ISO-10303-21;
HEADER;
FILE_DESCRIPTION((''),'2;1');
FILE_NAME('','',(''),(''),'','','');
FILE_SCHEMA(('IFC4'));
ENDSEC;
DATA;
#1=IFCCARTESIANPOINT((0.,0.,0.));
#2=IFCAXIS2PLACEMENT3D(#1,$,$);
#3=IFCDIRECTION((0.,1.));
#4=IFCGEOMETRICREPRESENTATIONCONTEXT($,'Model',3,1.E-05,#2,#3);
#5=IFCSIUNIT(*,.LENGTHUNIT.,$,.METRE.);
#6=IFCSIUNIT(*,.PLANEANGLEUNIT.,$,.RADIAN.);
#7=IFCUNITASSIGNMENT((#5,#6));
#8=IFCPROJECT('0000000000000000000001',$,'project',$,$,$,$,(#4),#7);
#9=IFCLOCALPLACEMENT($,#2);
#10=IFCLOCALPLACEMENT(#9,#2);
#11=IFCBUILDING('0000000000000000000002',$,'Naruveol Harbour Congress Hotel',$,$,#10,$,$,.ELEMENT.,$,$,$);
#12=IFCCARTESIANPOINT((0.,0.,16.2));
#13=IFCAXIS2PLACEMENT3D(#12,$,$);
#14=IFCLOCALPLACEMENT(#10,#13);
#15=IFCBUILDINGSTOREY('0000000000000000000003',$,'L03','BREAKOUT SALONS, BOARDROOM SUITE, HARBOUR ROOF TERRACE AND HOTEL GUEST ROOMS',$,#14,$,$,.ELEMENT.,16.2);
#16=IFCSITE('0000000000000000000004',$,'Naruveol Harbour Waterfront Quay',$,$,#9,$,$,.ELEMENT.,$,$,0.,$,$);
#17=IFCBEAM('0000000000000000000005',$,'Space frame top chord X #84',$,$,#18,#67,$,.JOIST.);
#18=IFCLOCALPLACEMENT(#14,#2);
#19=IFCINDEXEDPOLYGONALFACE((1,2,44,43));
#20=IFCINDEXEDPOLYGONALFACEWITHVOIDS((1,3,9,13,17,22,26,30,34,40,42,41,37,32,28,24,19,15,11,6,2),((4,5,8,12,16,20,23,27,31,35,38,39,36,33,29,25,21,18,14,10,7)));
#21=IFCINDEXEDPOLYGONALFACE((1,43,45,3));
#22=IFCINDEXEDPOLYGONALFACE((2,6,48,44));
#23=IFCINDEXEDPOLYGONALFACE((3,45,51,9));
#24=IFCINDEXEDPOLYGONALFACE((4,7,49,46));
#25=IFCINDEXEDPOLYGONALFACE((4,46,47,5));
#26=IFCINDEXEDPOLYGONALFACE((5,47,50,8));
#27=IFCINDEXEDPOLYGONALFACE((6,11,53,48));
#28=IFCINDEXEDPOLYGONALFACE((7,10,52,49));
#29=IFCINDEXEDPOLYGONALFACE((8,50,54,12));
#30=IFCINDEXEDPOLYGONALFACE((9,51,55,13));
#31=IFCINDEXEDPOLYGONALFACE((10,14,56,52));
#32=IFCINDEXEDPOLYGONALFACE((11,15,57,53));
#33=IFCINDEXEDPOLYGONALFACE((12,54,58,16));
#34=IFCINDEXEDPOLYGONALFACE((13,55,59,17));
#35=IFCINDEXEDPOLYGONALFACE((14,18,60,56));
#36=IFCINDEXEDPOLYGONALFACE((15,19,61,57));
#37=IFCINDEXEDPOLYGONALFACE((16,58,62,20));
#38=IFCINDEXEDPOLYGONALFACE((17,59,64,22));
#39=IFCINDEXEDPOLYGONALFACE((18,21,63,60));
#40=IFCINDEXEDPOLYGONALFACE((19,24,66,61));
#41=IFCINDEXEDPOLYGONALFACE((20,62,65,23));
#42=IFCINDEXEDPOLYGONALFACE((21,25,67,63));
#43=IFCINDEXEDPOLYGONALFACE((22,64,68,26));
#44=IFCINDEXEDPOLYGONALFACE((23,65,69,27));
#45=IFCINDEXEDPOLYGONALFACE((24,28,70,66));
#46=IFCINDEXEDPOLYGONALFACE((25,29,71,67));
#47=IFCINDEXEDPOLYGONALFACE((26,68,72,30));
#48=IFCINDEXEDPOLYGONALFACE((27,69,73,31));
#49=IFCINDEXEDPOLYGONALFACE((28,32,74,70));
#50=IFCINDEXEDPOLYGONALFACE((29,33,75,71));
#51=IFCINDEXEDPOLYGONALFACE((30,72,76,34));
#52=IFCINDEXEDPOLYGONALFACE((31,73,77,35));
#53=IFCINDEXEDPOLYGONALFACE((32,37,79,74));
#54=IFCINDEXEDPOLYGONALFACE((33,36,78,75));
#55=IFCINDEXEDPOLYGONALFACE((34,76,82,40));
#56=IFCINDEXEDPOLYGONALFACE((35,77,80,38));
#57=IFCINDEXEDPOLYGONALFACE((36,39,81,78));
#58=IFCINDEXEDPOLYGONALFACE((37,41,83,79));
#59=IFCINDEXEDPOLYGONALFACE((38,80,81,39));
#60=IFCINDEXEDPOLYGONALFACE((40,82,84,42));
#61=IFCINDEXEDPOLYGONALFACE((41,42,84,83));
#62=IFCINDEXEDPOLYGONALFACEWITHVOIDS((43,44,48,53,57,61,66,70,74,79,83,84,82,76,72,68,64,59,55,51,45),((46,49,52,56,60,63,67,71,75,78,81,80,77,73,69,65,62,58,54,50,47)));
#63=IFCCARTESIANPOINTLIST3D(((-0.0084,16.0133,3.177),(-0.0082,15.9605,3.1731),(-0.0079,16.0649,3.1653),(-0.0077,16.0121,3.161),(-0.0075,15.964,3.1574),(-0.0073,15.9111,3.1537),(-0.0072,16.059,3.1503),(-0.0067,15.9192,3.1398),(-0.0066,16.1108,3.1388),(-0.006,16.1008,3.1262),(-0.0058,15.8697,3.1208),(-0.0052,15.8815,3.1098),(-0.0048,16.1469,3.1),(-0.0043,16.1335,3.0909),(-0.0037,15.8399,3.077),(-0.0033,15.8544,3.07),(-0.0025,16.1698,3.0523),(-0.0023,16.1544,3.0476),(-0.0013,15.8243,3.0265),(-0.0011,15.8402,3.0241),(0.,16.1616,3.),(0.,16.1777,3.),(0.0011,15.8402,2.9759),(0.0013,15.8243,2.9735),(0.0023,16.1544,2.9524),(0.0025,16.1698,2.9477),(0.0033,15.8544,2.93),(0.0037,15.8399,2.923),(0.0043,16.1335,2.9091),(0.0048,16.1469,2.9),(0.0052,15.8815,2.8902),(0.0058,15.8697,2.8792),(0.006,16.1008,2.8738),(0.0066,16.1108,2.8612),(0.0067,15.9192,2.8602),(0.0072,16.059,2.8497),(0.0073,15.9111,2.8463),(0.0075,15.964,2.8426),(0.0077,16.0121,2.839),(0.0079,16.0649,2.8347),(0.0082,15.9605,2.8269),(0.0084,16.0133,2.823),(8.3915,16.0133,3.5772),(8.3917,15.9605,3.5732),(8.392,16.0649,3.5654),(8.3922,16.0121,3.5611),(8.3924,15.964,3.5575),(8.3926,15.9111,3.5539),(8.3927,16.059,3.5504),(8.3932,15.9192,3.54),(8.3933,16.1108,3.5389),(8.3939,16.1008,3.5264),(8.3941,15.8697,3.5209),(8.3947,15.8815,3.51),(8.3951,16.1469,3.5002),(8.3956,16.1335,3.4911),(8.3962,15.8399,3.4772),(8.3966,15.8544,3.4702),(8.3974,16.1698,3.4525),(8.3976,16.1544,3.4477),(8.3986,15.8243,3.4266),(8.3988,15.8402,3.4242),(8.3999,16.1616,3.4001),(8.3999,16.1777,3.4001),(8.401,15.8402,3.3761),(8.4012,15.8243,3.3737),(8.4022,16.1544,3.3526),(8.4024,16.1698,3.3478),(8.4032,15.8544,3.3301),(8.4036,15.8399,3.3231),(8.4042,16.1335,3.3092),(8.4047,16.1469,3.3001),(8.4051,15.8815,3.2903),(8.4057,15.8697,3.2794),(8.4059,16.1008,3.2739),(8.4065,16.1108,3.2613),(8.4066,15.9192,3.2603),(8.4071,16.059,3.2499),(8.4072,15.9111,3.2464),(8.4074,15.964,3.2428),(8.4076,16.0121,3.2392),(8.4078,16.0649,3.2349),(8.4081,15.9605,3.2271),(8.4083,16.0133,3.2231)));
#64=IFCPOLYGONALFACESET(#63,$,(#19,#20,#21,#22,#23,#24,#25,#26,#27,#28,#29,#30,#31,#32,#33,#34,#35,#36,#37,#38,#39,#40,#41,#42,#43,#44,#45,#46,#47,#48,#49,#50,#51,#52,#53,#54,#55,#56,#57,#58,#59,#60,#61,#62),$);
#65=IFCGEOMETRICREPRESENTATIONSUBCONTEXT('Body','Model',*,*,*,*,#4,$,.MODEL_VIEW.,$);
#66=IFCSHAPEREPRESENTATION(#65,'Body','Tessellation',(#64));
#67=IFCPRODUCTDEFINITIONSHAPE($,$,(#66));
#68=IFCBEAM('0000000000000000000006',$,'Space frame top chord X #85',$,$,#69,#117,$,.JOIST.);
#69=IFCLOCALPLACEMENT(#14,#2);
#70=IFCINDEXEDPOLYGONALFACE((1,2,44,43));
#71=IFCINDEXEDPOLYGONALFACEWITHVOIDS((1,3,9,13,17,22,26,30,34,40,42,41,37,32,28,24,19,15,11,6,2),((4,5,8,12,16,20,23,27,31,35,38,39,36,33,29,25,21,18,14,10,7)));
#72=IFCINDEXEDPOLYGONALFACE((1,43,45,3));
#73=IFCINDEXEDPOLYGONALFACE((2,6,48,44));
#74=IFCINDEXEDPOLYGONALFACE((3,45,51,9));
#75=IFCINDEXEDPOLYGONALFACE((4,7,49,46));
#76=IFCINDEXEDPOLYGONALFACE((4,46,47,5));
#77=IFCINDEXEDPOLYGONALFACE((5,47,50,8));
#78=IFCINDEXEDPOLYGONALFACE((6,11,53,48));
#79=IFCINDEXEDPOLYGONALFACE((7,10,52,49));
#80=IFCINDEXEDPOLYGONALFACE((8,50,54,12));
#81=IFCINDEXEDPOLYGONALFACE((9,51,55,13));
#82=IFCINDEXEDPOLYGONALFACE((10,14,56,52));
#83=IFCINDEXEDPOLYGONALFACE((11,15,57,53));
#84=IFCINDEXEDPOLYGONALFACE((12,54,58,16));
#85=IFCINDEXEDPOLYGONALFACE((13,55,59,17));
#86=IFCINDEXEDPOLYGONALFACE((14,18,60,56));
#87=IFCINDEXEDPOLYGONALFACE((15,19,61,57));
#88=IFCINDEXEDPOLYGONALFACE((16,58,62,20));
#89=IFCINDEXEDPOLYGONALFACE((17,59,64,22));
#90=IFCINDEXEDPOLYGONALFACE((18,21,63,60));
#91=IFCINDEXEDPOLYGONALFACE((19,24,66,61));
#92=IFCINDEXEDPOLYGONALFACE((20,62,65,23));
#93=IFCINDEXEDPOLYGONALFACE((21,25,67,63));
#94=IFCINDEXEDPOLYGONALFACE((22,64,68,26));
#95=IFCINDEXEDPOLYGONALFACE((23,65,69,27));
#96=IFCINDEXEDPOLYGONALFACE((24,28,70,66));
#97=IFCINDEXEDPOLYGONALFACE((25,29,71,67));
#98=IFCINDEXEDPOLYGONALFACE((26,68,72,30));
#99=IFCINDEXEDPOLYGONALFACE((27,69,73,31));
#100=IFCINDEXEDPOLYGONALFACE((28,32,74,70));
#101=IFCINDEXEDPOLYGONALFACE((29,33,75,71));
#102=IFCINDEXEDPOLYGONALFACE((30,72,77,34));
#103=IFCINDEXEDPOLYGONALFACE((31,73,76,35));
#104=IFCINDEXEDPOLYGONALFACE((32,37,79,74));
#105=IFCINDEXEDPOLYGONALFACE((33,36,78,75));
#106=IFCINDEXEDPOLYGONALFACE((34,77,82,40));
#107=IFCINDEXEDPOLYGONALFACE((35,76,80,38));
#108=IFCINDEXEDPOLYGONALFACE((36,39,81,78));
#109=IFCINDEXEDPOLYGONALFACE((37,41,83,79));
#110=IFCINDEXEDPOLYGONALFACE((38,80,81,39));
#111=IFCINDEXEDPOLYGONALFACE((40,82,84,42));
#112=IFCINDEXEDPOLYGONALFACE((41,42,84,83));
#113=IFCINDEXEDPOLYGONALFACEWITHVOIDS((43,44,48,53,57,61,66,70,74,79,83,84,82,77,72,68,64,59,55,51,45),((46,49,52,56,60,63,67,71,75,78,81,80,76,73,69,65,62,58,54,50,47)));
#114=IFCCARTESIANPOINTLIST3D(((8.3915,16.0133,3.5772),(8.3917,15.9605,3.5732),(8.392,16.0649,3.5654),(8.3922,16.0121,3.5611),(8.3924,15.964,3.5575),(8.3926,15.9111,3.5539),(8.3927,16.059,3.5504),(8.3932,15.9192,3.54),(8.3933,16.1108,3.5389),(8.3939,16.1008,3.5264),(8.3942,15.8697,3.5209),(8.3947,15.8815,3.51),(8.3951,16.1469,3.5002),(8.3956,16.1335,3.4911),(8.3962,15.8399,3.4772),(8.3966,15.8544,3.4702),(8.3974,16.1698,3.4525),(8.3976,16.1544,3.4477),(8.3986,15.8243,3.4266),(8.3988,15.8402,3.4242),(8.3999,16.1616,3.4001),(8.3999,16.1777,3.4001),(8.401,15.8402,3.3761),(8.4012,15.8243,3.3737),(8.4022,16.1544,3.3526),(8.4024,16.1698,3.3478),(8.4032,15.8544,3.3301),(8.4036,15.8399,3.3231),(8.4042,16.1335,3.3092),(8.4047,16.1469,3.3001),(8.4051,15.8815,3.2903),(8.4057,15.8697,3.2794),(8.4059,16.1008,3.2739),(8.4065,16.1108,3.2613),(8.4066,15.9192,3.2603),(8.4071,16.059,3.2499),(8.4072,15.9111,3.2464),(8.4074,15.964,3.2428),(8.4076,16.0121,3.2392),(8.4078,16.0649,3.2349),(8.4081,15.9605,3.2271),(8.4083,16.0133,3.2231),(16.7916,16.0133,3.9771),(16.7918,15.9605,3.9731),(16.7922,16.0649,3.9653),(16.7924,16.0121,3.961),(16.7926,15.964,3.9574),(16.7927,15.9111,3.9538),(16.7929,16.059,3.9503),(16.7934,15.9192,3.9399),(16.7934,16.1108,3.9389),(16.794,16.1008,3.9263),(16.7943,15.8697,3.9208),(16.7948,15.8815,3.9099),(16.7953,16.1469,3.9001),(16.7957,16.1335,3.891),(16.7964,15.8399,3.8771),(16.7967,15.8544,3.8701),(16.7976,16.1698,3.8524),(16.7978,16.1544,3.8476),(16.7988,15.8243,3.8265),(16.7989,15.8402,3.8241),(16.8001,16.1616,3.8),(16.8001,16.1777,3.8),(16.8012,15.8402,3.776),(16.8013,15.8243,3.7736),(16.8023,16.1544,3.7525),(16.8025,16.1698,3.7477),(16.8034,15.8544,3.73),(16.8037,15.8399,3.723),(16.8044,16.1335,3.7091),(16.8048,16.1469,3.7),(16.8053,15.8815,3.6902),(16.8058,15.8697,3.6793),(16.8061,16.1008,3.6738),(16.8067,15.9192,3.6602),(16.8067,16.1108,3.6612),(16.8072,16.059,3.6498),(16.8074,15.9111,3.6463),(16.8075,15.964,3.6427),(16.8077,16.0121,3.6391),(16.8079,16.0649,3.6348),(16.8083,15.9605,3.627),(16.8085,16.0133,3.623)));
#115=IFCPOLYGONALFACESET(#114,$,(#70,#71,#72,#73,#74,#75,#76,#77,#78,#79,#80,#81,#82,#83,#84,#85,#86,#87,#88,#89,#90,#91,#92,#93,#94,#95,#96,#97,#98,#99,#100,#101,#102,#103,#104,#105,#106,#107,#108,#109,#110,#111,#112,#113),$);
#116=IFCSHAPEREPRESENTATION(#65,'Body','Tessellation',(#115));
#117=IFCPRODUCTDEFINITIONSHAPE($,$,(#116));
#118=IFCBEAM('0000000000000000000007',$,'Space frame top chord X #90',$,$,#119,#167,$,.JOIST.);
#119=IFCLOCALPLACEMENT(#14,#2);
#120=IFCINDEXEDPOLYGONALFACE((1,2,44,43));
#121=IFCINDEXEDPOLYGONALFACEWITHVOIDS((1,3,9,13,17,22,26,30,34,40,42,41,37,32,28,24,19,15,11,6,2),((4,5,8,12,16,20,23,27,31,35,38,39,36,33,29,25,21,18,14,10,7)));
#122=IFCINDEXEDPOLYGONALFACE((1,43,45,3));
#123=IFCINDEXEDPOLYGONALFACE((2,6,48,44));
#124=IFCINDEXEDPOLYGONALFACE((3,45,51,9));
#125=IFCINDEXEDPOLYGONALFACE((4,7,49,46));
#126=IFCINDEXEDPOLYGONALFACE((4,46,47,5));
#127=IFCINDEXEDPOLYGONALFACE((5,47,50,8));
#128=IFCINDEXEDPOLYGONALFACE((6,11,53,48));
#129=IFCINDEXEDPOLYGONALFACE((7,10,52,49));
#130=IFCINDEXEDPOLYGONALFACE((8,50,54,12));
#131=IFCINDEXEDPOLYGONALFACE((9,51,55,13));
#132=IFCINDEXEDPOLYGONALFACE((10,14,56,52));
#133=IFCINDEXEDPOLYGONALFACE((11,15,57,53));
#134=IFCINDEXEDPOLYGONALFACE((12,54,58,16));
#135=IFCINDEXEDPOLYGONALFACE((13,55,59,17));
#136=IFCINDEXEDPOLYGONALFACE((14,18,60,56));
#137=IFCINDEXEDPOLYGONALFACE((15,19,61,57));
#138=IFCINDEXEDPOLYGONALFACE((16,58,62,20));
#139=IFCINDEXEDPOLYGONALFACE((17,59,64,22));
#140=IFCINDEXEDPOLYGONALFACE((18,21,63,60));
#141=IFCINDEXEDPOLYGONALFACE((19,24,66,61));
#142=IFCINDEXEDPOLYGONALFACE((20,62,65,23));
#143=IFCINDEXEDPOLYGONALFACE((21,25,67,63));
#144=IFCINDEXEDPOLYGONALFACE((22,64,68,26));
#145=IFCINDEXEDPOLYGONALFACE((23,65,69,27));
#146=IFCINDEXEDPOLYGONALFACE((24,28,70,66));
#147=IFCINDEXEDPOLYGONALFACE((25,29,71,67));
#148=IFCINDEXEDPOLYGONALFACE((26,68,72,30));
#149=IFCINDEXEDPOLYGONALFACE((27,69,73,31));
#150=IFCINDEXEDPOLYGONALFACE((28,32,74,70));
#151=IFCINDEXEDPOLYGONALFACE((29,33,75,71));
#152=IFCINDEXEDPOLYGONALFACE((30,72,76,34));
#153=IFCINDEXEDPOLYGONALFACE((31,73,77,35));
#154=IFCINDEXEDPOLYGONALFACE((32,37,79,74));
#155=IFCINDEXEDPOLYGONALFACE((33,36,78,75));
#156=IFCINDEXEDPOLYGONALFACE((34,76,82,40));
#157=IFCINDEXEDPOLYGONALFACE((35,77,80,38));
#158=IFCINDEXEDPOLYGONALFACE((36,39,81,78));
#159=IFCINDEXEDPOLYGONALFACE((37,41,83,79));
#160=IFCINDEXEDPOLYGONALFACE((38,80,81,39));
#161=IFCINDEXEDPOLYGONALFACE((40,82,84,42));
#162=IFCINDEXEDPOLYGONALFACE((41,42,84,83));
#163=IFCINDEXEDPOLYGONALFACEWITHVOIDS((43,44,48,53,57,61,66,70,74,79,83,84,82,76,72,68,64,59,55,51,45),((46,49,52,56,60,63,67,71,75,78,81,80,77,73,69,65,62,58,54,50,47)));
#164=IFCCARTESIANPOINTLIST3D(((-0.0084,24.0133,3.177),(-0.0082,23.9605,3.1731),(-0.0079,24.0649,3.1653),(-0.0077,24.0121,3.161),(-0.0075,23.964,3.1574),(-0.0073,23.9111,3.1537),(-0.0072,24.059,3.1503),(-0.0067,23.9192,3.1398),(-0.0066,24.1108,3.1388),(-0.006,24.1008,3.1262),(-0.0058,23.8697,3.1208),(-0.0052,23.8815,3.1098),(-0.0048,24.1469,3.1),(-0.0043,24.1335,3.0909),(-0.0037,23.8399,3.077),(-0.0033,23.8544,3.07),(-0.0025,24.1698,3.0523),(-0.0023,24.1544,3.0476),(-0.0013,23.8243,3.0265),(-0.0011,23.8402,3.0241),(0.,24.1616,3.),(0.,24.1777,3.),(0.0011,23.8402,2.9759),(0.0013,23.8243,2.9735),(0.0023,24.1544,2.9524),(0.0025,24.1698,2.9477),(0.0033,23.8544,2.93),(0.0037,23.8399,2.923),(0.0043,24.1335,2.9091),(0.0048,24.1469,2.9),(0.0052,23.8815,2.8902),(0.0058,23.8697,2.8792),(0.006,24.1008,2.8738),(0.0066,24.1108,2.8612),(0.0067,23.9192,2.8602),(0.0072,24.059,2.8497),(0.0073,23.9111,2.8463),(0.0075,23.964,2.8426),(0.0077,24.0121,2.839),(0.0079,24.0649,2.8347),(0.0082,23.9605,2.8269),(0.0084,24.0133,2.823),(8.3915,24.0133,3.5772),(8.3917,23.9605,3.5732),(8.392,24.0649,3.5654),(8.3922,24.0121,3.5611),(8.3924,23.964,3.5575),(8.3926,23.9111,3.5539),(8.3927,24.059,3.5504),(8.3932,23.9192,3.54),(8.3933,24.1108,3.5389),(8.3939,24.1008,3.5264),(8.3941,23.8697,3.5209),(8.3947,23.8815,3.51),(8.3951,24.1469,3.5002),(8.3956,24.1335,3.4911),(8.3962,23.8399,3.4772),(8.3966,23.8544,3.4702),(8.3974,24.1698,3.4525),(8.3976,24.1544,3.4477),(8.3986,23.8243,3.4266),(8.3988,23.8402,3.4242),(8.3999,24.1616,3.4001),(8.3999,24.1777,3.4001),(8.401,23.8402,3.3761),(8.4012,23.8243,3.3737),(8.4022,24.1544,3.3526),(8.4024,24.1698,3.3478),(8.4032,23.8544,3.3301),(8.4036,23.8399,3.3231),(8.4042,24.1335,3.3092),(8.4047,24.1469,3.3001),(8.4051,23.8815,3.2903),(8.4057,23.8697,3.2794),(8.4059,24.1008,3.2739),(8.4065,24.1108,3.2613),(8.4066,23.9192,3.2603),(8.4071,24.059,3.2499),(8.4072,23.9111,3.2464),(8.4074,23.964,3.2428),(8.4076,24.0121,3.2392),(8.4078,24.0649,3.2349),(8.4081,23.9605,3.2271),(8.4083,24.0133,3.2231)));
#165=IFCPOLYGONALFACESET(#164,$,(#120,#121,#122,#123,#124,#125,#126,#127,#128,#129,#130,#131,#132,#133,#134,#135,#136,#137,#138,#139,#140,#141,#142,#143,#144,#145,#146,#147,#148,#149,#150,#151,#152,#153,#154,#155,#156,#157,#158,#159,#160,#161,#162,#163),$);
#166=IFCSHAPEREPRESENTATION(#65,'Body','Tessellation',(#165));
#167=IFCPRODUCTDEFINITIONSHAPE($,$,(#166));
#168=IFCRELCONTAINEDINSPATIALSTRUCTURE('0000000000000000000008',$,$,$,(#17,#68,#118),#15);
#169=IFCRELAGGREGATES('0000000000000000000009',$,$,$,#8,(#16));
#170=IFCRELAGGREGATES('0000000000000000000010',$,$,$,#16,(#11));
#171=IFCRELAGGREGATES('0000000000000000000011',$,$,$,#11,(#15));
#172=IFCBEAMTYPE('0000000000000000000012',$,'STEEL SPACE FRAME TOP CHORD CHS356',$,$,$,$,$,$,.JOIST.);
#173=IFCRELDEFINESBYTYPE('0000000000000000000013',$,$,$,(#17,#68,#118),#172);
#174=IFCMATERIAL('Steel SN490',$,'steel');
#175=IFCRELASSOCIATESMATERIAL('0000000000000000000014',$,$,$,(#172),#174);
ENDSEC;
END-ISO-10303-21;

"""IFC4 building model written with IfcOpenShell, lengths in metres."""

from ifc_helpers import new_model, si_unit, direction, frame, origin, origin_2d, place, context, subcontext, project, spatial, hollow_circle, extrude, material, material_profile, profile_set, type_object, element, save


model = new_model("IFC4")

# Units and contexts
model_context = context("Model", 3, precision=1e-05, world=origin(), true_north=direction((0.0, 1.0)))
body_context = subcontext(model_context, "Body", "Model", "MODEL_VIEW")
ifc_project = project(units=[si_unit("LENGTHUNIT", "METRE"), si_unit("PLANEANGLEUNIT", "RADIAN")], contexts=[model_context])

# Site, building, storey
site_placement = place(None, origin())
site = spatial("IfcSite", under=ifc_project, at=site_placement, Name="Naruveol Harbour Waterfront Quay", CompositionType="ELEMENT", RefElevation=0.0)
building_placement = place(site_placement, origin())
building = spatial("IfcBuilding", under=site, at=building_placement, Name="Naruveol Harbour Congress Hotel", CompositionType="ELEMENT")
storey_placement = place(building_placement, frame((0.0, 0.0, 16.2)))
storey = spatial("IfcBuildingStorey", under=building, at=storey_placement, Name="L03", Description="BREAKOUT SALONS, BOARDROOM SUITE, HARBOUR ROOF TERRACE AND HOTEL GUEST ROOMS", CompositionType="ELEMENT", Elevation=16.2)

# Beams
ifc_material_1 = material(Name="Steel SN490", Category="steel")
ifc_material_profile_1 = material_profile(ifc_material_1, hollow_circle(Radius=0.1777, WallThickness=0.0161, at=origin_2d()), Name="CHS-355.6x16")
ifc_profile_set_1 = profile_set([ifc_material_profile_1], Name="Steel SN490")
beam_type_1 = type_object("IfcBeamType", Name="STEEL SPACE FRAME TOP CHORD CHS356", PredefinedType="JOIST", material=ifc_profile_set_1)
beam_1_placement = place(storey_placement, frame((0.0, 16.0, 3.0), z_axis=(0.998867, 0.0, 0.047583), x_axis=(0.0, 1.0, 0.0)))
element("IfcBeam", 1, at=beam_1_placement, inside=storey, type_object=beam_type_1, Name="Space frame top chord X #84", PredefinedType="JOIST", context=body_context, shape_type="SweptSolid", body=[
    extrude(hollow_circle(Radius=0.1777, WallThickness=0.0161, at=origin_2d()), origin(), (0.0, 0.0, 1.0), 8.4094),
])
beam_2_placement = place(storey_placement, frame((8.3999, 16.0, 3.4001), z_axis=(0.998869, 0.0, 0.047553), x_axis=(0.0, 1.0, 0.0)))
element("IfcBeam", 2, at=beam_2_placement, inside=storey, type_object=beam_type_1, Name="Space frame top chord X #85", PredefinedType="JOIST", context=body_context, shape_type="SweptSolid", body=[
    extrude(hollow_circle(Radius=0.1777, WallThickness=0.0161, at=origin_2d()), origin(), (0.0, 0.0, 1.0), 8.4097),
])
beam_3_placement = place(storey_placement, frame((0.0, 24.0, 3.0), z_axis=(0.998867, 0.0, 0.047583), x_axis=(0.0, 1.0, 0.0)))
element("IfcBeam", 3, at=beam_3_placement, inside=storey, type_object=beam_type_1, Name="Space frame top chord X #90", PredefinedType="JOIST", context=body_context, shape_type="SweptSolid", body=[
    extrude(hollow_circle(Radius=0.1777, WallThickness=0.0161, at=origin_2d()), origin(), (0.0, 0.0, 1.0), 8.4094),
])

save(model, "model.ifc")
